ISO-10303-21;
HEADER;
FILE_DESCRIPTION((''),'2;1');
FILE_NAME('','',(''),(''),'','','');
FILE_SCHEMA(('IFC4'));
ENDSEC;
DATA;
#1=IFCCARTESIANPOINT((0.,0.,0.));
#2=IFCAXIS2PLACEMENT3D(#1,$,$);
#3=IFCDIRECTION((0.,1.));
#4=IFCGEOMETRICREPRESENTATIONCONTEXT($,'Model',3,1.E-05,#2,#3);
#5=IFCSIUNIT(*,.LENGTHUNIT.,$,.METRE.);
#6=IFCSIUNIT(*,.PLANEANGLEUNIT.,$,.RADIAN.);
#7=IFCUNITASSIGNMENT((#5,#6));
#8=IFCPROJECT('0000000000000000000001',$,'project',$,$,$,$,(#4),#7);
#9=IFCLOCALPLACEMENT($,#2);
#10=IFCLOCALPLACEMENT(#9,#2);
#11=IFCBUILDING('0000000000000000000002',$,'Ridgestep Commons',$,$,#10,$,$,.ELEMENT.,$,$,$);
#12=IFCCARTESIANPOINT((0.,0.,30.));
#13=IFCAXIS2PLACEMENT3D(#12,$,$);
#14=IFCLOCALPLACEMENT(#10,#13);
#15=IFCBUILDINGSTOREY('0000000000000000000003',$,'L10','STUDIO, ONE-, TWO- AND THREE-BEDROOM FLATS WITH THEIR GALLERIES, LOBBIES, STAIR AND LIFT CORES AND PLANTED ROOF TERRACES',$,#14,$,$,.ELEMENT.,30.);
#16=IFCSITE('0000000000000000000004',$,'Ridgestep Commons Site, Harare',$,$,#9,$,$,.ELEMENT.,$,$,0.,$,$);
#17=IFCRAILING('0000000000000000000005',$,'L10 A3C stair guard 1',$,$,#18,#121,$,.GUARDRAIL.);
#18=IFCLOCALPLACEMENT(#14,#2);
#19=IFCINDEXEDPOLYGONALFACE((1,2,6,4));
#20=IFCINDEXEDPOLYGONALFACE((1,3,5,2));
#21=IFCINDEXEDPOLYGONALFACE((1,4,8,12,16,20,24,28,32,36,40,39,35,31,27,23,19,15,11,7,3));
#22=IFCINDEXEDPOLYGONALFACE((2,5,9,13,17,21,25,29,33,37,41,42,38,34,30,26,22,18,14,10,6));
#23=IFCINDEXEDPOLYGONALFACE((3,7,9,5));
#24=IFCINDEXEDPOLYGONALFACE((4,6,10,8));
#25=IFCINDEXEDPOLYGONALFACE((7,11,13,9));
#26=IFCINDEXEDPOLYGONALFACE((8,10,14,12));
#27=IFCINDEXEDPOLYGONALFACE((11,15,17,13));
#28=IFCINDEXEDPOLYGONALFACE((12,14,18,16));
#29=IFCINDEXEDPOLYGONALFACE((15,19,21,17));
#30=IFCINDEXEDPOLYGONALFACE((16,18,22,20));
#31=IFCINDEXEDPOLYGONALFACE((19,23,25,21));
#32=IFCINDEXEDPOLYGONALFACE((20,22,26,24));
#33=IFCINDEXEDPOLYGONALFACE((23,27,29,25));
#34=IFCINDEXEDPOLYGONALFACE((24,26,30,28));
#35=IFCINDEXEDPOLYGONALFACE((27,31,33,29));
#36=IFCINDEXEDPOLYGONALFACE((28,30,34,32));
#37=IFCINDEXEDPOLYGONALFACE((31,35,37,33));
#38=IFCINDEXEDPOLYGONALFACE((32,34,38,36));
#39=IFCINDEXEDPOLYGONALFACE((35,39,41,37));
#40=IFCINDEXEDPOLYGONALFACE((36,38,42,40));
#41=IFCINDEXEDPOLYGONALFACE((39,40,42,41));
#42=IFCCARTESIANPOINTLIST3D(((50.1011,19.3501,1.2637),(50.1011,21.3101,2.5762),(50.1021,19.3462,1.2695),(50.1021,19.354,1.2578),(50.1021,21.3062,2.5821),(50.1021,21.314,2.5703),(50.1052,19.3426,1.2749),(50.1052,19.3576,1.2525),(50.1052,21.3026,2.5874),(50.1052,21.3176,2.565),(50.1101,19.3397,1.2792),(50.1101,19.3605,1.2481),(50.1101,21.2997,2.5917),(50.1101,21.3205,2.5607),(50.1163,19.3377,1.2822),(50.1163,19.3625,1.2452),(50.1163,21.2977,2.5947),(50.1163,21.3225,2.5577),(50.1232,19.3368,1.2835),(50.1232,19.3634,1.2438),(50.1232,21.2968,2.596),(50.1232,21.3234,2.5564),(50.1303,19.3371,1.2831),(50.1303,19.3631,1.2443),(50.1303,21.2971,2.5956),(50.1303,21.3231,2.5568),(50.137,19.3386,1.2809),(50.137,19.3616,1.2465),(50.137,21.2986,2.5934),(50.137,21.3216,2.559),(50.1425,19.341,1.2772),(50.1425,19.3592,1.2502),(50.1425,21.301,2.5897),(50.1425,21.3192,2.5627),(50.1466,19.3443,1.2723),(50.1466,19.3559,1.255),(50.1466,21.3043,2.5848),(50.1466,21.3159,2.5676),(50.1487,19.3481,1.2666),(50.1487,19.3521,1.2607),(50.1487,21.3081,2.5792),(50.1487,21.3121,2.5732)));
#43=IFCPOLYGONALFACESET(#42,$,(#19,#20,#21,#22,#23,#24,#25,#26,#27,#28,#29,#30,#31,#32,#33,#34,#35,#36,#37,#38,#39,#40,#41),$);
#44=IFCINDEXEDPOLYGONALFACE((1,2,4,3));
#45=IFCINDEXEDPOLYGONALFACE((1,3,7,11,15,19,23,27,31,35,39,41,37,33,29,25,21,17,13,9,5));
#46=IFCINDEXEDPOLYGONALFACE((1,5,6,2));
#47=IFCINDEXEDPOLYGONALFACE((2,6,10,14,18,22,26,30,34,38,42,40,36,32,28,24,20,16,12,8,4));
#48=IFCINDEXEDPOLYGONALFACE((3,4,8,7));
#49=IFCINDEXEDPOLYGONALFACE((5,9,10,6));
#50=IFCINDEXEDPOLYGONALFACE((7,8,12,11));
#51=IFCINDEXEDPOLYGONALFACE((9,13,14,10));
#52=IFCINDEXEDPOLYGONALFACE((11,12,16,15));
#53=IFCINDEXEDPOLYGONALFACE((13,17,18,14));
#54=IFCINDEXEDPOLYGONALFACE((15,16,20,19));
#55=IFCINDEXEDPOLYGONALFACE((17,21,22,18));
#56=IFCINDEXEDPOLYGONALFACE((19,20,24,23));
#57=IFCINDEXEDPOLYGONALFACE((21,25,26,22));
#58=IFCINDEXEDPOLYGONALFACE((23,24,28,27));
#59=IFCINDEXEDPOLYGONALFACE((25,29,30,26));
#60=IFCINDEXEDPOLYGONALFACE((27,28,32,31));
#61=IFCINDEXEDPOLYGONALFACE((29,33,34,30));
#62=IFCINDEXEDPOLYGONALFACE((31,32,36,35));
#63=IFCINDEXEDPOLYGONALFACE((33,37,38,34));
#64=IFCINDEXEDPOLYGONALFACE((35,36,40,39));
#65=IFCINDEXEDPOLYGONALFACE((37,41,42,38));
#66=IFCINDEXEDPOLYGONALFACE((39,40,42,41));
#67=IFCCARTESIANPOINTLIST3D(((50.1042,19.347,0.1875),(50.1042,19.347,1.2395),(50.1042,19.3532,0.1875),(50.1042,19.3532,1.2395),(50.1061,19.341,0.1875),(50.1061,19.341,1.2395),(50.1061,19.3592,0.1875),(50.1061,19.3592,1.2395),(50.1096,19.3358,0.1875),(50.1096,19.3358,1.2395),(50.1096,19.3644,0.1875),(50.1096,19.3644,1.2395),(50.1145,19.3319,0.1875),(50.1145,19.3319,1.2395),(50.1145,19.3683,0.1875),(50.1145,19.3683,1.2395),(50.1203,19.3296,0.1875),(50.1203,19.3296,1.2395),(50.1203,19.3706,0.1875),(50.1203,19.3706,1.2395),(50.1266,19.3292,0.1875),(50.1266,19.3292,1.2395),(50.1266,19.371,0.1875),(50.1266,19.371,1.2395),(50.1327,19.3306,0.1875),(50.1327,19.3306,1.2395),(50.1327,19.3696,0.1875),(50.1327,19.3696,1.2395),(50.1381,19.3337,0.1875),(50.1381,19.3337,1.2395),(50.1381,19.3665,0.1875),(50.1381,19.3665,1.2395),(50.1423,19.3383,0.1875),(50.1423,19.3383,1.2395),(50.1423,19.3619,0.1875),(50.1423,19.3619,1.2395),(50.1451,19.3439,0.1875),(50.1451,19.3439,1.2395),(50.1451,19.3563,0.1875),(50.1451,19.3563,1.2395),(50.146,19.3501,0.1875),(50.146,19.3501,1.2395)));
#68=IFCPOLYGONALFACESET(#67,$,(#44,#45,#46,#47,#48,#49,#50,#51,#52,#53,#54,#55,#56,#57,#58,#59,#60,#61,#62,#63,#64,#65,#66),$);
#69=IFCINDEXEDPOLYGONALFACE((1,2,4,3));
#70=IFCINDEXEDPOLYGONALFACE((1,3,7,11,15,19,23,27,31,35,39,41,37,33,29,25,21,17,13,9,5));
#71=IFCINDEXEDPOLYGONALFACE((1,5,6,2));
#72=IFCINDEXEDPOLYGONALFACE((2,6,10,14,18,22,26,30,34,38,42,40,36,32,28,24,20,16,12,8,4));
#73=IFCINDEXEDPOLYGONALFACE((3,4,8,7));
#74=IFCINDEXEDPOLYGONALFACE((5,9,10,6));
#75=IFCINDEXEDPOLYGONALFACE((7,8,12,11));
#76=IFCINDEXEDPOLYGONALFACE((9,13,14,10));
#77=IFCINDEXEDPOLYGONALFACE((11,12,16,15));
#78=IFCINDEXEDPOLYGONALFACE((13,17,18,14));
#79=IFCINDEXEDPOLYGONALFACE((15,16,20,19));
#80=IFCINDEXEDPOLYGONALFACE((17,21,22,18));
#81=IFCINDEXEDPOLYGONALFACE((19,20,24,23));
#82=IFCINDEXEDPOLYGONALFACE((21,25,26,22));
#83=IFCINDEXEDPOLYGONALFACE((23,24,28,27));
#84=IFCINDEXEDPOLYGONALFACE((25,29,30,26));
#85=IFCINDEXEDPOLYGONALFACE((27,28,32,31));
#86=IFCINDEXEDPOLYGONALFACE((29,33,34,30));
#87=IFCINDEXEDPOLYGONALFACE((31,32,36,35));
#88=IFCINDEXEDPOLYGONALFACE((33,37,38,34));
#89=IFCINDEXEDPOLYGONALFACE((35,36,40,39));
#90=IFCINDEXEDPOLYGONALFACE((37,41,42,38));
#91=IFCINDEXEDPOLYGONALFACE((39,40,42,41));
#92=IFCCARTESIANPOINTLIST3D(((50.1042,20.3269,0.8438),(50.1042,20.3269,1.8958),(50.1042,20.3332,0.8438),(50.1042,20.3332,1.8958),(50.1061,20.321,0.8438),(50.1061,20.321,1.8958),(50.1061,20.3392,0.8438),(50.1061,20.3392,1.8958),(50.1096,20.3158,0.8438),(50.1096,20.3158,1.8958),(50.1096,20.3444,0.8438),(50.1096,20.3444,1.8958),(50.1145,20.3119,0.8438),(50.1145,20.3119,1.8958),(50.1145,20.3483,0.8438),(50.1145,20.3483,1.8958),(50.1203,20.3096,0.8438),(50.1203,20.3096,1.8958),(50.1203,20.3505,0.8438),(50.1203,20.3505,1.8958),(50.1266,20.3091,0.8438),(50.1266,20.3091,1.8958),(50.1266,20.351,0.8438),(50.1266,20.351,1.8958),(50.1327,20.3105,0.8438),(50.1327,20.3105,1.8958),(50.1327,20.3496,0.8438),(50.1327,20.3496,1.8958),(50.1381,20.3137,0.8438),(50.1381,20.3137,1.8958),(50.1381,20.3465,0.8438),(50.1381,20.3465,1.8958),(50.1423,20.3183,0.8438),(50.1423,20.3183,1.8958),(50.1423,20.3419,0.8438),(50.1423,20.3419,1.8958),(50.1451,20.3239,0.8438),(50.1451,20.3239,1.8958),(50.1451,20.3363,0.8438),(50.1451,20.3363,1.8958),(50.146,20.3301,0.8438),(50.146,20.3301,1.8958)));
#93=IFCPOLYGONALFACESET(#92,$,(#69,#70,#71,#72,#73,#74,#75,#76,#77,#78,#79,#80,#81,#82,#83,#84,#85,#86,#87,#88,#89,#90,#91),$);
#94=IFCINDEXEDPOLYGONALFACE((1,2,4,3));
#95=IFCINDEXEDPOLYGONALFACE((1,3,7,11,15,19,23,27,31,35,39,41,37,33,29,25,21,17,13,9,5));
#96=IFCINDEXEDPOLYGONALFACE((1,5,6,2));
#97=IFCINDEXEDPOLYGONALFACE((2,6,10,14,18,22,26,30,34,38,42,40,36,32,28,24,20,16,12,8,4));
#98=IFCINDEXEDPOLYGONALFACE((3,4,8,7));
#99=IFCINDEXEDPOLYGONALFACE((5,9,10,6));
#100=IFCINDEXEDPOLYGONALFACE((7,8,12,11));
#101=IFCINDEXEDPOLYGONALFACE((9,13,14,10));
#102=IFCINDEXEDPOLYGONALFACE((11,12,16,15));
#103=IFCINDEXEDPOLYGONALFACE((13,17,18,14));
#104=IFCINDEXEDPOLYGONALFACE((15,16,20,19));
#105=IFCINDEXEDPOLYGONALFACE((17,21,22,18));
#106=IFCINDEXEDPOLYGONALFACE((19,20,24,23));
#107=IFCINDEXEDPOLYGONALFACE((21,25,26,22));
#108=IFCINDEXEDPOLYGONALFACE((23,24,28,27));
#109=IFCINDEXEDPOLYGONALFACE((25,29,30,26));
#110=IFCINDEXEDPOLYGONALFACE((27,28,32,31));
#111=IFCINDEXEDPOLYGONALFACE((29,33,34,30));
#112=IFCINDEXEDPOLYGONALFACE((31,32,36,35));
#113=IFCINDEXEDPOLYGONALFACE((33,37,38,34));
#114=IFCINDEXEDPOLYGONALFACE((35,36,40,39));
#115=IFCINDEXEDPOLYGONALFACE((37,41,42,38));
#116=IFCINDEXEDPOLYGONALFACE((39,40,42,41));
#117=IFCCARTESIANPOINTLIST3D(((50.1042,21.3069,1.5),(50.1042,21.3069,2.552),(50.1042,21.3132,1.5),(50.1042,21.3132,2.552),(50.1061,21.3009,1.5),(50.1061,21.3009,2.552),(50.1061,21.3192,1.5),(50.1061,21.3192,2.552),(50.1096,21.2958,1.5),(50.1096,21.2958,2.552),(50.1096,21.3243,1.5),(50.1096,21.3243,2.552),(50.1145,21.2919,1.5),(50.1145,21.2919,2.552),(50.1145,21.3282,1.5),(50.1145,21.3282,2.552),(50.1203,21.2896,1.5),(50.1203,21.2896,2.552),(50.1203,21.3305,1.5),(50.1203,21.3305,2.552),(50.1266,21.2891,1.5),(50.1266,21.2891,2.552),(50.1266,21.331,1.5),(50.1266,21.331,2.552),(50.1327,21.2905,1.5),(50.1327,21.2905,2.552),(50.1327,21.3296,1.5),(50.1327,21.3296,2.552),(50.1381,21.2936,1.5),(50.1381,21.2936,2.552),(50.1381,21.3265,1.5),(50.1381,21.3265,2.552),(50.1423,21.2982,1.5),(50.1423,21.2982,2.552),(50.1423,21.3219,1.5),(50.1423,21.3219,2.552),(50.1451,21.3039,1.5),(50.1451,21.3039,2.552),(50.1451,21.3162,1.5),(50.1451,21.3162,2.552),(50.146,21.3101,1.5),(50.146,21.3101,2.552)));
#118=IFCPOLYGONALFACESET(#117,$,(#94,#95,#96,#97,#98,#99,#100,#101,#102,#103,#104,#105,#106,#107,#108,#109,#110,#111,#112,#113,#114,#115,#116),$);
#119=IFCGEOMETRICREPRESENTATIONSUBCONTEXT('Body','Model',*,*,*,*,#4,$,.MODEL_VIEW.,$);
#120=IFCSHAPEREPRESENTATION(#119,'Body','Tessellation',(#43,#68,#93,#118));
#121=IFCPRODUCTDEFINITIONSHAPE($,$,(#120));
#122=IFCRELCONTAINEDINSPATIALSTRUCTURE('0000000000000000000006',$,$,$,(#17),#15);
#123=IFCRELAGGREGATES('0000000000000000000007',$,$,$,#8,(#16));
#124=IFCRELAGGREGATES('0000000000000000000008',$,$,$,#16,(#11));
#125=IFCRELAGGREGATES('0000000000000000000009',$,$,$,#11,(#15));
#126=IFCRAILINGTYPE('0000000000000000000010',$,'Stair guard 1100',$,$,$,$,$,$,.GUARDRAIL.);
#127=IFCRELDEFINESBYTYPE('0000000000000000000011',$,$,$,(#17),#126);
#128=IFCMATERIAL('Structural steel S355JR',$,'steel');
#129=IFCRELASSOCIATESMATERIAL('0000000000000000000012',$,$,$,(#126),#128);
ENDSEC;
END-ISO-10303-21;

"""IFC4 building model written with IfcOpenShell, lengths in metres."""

from ifc_helpers import new_model, si_unit, direction, frame, origin, origin_2d, place, context, subcontext, project, spatial, circle, extrude, material, type_object, element, save


model = new_model("IFC4")

# Units and contexts
model_context = context("Model", 3, precision=1e-05, world=origin(), true_north=direction((0.0, 1.0)))
body_context = subcontext(model_context, "Body", "Model", "MODEL_VIEW")
ifc_project = project(units=[si_unit("LENGTHUNIT", "METRE"), si_unit("PLANEANGLEUNIT", "RADIAN")], contexts=[model_context])

# Site, building, storey
site_placement = place(None, origin())
site = spatial("IfcSite", under=ifc_project, at=site_placement, Name="Ridgestep Commons Site, Harare", CompositionType="ELEMENT", RefElevation=0.0)
building_placement = place(site_placement, origin())
building = spatial("IfcBuilding", under=site, at=building_placement, Name="Ridgestep Commons", CompositionType="ELEMENT")
storey_placement = place(building_placement, frame((0.0, 0.0, 30.0)))
storey = spatial("IfcBuildingStorey", under=building, at=storey_placement, Name="L10", Description="STUDIO, ONE-, TWO- AND THREE-BEDROOM FLATS WITH THEIR GALLERIES, LOBBIES, STAIR AND LIFT CORES AND PLANTED ROOF TERRACES", CompositionType="ELEMENT", Elevation=30.0)

# Railing
ifc_material_1 = material(Name="Structural steel S355JR", Category="steel")
railing_type_1 = type_object("IfcRailingType", Name="Stair guard 1100", PredefinedType="GUARDRAIL", material=ifc_material_1)
railing_1_placement = place(storey_placement, frame((50.125, 19.3501, 0.1875)))
element("IfcRailing", 1, at=railing_1_placement, inside=storey, type_object=railing_type_1, Name="L10 A3C stair guard 1", PredefinedType="GUARDRAIL", context=body_context, shape_type="SweptSolid", body=[
    extrude(circle(Radius=0.0239, at=origin_2d()), frame((0.0, 0.0, 1.0762), z_axis=(0.0, 0.830902, 0.556419), x_axis=(-1.0, 0.0, 0.0)), (0.0, 0.0, 1.0), 2.3589),
    extrude(circle(Radius=0.021, at=origin_2d()), origin(), (0.0, 0.0, 1.0), 1.052),
    extrude(circle(Radius=0.021, at=origin_2d()), frame((0.0, 0.98, 0.6562)), (0.0, 0.0, 1.0), 1.052),
    extrude(circle(Radius=0.021, at=origin_2d()), frame((0.0, 1.96, 1.3125)), (0.0, 0.0, 1.0), 1.052),
])

save(model, "model.ifc")
